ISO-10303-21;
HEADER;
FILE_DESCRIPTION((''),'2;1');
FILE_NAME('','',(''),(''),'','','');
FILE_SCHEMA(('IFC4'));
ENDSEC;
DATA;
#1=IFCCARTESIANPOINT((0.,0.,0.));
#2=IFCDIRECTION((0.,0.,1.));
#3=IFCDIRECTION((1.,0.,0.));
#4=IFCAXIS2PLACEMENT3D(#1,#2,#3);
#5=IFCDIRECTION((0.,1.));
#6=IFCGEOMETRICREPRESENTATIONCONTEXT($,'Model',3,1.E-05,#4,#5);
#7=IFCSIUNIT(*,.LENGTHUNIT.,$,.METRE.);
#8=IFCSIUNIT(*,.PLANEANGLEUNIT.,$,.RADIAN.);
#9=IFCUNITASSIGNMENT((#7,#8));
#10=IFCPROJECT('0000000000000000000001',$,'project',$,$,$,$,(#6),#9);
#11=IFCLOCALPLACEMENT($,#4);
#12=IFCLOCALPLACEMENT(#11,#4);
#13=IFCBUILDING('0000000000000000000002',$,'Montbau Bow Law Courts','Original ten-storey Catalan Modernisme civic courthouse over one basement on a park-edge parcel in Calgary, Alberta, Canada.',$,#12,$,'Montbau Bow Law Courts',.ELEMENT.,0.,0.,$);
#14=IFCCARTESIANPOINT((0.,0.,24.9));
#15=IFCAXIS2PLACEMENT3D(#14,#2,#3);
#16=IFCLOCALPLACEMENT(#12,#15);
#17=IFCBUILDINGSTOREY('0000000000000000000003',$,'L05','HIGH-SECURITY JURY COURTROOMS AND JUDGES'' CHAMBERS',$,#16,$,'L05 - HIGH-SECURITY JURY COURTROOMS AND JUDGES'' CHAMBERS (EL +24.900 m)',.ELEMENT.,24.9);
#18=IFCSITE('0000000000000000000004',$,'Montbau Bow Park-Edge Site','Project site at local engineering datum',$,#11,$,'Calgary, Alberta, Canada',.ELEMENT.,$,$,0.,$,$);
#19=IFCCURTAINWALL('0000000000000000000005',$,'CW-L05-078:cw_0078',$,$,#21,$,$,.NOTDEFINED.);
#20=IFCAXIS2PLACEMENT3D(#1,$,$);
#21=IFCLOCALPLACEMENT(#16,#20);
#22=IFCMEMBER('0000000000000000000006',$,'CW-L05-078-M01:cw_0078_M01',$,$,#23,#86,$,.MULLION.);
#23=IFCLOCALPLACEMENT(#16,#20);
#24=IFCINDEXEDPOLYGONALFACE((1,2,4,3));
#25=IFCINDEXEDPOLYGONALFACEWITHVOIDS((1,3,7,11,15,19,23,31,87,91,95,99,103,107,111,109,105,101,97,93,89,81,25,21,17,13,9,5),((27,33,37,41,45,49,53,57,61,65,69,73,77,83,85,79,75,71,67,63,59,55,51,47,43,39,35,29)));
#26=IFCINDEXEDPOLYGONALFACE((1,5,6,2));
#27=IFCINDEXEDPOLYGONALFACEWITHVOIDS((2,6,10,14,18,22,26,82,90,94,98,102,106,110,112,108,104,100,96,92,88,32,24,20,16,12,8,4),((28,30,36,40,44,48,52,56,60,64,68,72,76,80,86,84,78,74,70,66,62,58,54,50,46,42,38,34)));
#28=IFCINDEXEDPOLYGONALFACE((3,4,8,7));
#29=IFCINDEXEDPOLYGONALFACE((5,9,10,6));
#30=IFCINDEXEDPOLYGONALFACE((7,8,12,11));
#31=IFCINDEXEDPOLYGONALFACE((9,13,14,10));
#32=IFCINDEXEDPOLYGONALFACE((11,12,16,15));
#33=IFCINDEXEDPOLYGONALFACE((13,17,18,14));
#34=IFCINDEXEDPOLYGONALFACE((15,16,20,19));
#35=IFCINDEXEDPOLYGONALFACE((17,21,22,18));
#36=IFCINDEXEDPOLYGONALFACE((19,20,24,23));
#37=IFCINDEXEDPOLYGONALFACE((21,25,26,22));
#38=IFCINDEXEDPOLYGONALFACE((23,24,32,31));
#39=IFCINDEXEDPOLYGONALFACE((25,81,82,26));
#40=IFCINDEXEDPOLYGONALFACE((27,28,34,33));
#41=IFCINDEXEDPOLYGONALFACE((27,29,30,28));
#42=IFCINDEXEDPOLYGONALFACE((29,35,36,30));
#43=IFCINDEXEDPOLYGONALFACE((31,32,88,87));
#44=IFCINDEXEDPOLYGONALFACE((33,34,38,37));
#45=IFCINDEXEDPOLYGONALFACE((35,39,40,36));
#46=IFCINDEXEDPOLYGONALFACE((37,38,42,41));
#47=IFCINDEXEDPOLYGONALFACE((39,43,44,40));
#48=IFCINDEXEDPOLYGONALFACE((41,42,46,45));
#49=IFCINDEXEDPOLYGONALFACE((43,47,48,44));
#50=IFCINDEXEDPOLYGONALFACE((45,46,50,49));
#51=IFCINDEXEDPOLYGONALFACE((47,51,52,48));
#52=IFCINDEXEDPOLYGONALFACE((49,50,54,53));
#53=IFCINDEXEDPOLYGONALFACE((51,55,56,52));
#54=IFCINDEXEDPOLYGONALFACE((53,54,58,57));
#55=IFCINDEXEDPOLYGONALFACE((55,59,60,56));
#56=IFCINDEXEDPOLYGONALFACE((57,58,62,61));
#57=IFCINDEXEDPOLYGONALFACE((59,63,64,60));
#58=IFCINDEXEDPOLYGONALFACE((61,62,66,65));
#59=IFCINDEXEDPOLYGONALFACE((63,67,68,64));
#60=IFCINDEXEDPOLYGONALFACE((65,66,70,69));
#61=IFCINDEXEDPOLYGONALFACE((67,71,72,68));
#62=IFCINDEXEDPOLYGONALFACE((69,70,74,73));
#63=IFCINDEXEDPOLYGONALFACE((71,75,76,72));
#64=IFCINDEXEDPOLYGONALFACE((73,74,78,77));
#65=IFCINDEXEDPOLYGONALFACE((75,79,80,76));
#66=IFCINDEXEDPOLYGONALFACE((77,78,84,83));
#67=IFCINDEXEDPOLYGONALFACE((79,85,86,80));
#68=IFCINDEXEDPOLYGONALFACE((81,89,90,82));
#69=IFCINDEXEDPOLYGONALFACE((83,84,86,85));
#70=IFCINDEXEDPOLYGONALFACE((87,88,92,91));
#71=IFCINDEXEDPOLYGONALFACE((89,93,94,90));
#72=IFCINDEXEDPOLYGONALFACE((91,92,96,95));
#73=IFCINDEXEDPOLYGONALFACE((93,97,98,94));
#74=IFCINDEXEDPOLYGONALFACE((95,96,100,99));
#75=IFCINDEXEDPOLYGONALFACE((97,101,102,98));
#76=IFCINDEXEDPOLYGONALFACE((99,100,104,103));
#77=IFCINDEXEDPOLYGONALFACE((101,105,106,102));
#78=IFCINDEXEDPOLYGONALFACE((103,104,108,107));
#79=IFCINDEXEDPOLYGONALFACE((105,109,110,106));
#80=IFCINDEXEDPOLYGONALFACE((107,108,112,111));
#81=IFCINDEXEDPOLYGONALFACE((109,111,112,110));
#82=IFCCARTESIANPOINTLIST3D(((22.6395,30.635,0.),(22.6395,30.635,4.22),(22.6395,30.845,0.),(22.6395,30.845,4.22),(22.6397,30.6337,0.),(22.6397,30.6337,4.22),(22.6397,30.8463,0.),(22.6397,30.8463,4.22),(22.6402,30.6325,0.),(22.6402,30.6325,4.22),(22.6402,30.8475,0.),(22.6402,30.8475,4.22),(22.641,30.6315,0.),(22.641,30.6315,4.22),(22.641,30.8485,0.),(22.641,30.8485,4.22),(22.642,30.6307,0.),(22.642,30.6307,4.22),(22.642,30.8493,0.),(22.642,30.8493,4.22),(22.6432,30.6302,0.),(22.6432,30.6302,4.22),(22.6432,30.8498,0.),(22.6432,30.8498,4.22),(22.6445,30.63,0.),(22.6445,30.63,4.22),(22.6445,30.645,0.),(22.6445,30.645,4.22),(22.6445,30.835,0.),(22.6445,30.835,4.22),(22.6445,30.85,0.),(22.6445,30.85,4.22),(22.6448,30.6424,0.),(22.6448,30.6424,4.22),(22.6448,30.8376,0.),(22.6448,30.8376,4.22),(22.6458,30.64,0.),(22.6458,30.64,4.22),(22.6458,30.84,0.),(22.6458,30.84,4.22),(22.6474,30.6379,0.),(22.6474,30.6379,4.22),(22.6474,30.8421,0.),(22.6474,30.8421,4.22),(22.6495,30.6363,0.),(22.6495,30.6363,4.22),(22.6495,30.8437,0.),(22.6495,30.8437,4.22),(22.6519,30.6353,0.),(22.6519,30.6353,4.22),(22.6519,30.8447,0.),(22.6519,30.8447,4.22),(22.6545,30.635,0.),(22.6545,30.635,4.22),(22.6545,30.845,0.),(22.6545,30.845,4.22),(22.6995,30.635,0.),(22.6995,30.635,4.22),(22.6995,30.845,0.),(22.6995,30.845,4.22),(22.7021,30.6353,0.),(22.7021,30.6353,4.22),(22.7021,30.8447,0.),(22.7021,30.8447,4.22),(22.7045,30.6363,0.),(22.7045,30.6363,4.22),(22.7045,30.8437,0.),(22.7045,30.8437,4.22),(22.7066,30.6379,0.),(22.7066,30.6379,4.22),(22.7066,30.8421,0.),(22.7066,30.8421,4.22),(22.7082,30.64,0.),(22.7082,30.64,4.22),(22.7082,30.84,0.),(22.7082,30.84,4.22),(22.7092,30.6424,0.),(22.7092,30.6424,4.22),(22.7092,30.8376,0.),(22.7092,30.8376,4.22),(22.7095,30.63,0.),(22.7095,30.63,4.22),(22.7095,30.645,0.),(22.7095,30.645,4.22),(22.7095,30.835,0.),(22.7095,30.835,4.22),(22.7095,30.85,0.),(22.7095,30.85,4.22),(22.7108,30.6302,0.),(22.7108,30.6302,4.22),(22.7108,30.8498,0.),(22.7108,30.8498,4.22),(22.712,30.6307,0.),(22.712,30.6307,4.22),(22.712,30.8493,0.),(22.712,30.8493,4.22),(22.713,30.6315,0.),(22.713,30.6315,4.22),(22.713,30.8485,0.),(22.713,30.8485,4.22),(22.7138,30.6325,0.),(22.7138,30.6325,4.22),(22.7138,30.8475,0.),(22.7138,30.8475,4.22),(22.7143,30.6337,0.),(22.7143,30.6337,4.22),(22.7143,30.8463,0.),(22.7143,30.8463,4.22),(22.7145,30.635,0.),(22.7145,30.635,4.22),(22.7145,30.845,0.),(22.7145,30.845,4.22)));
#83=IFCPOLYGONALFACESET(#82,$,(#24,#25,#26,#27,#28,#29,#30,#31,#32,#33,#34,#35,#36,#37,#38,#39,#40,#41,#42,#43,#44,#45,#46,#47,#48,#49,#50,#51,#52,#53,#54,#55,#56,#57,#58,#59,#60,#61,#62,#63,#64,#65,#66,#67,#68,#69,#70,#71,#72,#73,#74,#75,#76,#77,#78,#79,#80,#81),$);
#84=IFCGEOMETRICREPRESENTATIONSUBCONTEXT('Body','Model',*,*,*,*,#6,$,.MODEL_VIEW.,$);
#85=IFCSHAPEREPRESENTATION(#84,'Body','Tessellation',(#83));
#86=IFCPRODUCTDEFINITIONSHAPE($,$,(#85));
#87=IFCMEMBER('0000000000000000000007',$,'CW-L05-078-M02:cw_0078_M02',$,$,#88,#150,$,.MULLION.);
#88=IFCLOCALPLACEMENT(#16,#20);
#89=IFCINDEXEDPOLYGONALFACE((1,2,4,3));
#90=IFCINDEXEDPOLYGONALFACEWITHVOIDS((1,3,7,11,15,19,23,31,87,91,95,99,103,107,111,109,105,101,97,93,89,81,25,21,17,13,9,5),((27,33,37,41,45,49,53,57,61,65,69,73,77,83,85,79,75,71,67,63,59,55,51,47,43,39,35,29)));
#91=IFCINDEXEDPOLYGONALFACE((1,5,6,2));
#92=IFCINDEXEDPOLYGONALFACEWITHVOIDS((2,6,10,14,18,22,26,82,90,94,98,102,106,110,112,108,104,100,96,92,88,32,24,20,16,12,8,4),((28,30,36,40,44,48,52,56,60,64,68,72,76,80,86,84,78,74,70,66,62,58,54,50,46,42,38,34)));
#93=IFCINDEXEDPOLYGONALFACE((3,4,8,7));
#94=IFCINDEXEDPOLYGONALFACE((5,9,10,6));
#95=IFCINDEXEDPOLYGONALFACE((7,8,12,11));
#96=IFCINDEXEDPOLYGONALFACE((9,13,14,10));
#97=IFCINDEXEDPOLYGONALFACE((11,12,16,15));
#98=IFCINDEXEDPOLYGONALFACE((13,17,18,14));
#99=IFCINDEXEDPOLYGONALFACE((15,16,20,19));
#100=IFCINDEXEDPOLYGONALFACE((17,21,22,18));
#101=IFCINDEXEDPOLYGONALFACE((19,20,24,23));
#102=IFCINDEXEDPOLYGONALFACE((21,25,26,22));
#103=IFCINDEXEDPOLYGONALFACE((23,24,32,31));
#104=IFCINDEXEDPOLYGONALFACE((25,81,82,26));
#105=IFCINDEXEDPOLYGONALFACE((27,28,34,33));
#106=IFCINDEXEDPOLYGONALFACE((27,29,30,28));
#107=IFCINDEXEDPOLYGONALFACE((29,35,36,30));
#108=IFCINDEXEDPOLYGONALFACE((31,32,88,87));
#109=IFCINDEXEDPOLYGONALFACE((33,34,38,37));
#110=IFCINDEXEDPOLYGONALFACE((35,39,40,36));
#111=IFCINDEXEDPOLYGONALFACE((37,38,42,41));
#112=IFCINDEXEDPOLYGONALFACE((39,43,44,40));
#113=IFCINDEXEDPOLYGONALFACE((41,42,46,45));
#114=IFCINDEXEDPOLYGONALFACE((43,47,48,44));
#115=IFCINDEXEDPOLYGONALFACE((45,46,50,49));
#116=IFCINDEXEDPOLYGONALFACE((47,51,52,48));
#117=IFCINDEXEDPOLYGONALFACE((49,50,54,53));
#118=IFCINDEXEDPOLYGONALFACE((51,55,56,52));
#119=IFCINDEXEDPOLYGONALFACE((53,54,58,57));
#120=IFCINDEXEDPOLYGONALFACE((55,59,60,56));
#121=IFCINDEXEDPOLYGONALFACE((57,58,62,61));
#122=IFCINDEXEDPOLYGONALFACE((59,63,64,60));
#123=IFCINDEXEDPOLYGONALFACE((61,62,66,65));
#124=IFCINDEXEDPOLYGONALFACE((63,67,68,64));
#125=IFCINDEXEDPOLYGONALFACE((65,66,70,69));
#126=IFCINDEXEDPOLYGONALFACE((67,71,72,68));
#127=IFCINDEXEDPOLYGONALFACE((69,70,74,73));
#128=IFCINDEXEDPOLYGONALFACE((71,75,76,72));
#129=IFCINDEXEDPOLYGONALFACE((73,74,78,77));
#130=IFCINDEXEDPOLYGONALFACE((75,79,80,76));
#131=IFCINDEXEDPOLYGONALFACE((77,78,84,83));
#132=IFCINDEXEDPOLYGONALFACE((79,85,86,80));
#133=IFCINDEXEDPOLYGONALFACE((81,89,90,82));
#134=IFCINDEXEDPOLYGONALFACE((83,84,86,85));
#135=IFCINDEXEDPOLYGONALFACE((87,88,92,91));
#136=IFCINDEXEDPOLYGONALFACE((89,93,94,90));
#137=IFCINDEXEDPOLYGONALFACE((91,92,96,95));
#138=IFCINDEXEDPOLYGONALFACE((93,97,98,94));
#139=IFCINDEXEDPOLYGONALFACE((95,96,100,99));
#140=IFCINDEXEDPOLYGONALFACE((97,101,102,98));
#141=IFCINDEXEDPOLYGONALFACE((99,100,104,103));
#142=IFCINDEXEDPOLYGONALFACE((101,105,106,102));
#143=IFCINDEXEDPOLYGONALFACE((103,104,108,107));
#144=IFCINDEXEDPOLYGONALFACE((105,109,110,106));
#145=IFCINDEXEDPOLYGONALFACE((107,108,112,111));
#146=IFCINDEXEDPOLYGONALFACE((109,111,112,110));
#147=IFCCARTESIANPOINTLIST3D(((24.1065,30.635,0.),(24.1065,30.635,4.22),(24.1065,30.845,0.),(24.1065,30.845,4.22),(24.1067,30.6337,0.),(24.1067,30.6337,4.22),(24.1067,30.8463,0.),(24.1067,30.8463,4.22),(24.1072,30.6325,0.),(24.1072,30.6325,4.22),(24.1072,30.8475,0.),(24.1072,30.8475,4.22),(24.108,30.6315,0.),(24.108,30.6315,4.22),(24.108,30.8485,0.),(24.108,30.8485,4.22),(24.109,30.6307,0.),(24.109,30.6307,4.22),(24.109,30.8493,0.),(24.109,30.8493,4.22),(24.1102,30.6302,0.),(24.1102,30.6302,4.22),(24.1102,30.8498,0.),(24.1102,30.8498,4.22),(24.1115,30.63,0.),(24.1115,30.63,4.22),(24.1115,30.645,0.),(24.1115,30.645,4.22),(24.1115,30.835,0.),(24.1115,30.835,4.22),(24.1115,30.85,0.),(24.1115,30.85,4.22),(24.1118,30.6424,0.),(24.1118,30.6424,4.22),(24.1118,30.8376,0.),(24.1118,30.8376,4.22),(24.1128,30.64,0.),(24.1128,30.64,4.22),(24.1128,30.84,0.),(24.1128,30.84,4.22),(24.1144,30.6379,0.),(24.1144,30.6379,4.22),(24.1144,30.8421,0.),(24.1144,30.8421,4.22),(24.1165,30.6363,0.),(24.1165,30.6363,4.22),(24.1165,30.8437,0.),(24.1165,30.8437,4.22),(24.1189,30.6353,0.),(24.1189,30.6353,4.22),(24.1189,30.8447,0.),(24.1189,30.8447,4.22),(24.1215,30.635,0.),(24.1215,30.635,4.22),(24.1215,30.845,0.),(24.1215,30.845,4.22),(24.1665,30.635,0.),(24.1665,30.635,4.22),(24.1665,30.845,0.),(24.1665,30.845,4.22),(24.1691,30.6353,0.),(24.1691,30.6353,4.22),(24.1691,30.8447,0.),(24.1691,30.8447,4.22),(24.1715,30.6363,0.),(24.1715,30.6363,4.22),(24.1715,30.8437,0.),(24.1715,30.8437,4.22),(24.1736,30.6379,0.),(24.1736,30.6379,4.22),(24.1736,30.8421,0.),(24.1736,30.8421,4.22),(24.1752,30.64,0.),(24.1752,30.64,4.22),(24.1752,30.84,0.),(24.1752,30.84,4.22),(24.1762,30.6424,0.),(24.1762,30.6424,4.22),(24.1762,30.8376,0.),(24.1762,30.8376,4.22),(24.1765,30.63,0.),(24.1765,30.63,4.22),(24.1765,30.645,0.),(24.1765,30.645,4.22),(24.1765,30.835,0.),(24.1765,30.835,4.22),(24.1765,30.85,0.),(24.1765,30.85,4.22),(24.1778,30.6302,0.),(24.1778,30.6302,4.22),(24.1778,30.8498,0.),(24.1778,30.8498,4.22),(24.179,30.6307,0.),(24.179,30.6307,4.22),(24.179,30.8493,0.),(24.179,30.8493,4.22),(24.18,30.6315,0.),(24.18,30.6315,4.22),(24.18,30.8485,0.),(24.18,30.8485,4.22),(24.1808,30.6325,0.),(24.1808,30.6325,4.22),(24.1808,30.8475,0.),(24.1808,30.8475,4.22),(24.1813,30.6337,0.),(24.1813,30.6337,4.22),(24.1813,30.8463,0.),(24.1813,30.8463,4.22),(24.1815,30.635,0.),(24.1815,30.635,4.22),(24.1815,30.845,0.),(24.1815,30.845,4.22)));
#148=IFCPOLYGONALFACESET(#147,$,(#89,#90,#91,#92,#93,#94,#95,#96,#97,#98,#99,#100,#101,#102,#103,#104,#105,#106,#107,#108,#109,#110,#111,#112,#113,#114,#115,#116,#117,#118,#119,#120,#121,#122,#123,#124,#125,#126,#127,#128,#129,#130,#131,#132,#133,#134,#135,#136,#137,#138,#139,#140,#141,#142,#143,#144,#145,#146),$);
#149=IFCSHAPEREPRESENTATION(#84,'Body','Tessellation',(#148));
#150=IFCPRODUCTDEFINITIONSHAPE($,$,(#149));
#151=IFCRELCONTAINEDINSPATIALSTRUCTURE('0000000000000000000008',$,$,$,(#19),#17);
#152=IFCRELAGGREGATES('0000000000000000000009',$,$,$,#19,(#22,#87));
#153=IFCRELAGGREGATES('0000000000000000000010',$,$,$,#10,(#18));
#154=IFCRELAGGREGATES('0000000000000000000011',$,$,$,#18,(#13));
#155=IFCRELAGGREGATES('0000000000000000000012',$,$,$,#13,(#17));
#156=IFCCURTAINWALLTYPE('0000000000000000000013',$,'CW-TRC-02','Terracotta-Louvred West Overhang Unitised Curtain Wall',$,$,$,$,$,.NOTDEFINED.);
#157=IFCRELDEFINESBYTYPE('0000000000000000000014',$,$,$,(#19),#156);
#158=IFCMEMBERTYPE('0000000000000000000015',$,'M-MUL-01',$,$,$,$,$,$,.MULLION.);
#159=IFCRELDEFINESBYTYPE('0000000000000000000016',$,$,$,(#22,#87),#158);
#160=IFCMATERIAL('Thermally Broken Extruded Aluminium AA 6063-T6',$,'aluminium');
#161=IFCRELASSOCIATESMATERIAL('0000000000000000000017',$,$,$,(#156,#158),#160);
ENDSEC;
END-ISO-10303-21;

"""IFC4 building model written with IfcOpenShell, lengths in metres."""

from ifc_helpers import new_model, si_unit, direction, frame, origin_with_axes, origin_2d_with_axis, place, context, subcontext, project, spatial, hollow_rectangle, extrude, material, material_profile, profile_set, type_object, element, aggregate, save


model = new_model("IFC4")

# Units and contexts
model_context = context("Model", 3, precision=1e-05, world=origin_with_axes(), true_north=direction((0.0, 1.0)))
body_context = subcontext(model_context, "Body", "Model", "MODEL_VIEW")
ifc_project = project(units=[si_unit("LENGTHUNIT", "METRE"), si_unit("PLANEANGLEUNIT", "RADIAN")], contexts=[model_context])

# Site, building, storey
site_placement = place(None, origin_with_axes())
site = spatial("IfcSite", under=ifc_project, at=site_placement, Name="Montbau Bow Park-Edge Site", Description="Project site at local engineering datum", LongName="Calgary, Alberta, Canada", CompositionType="ELEMENT", RefElevation=0.0)
building_placement = place(site_placement, origin_with_axes())
building = spatial("IfcBuilding", under=site, at=building_placement, Name="Montbau Bow Law Courts", Description="Original ten-storey Catalan Modernisme civic courthouse over one basement on a park-edge parcel in Calgary, Alberta, Canada.", LongName="Montbau Bow Law Courts", CompositionType="ELEMENT", ElevationOfRefHeight=0.0, ElevationOfTerrain=0.0)
storey_placement = place(building_placement, frame((0.0, 0.0, 24.9), z_axis=(0.0, 0.0, 1.0), x_axis=(1.0, 0.0, 0.0)))
storey = spatial("IfcBuildingStorey", under=building, at=storey_placement, Name="L05", Description="HIGH-SECURITY JURY COURTROOMS AND JUDGES' CHAMBERS", LongName="L05 - HIGH-SECURITY JURY COURTROOMS AND JUDGES' CHAMBERS (EL +24.900 m)", CompositionType="ELEMENT", Elevation=24.9)

# Curtain wall, members
ifc_material_1 = material(Name="Thermally Broken Extruded Aluminium AA 6063-T6", Category="aluminium")
curtain_wall_type = type_object("IfcCurtainWallType", Name="CW-TRC-02", Description="Terracotta-Louvred West Overhang Unitised Curtain Wall", PredefinedType="NOTDEFINED", material=ifc_material_1)
curtain_wall_1_placement = place(None, frame((22.64, 30.74, 24.9), z_axis=(0.0, 0.0, 1.0), x_axis=(1.0, 0.0, 0.0)))
curtain_wall_1 = element("IfcCurtainWall", 1, at=curtain_wall_1_placement, inside=storey, type_object=curtain_wall_type, Name="CW-L05-078:cw_0078", PredefinedType="NOTDEFINED")
ifc_material_profile_1 = material_profile(ifc_material_1, hollow_rectangle(XDim=0.075, YDim=0.22, WallThickness=0.005, InnerFilletRadius=0.01, OuterFilletRadius=0.005, at=origin_2d_with_axis()), Name="CWM-220X75", Category="Main", Priority=0)
ifc_profile_set_1 = profile_set([ifc_material_profile_1], Name="Thermally Broken Extruded Aluminium AA 6063-T6")
member_type_1 = type_object("IfcMemberType", Name="M-MUL-01", PredefinedType="MULLION", material=ifc_profile_set_1)
member_1_placement = place(None, frame((22.677, 30.74, 24.9), z_axis=(0.0, 0.0, 1.0), x_axis=(1.0, 0.0, 0.0)))
member_1 = element("IfcMember", 2, at=member_1_placement, type_object=member_type_1, Name="CW-L05-078-M01:cw_0078_M01", PredefinedType="MULLION", context=body_context, shape_type="SweptSolid", body=[
    extrude(hollow_rectangle(XDim=0.075, YDim=0.22, WallThickness=0.005, InnerFilletRadius=0.01, OuterFilletRadius=0.005, at=origin_2d_with_axis()), origin_with_axes(), (0.0, 0.0, 1.0), 4.22),
])
member_2_placement = place(None, frame((24.144, 30.74, 24.9), z_axis=(0.0, 0.0, 1.0), x_axis=(1.0, 0.0, 0.0)))
member_2 = element("IfcMember", 3, at=member_2_placement, type_object=member_type_1, Name="CW-L05-078-M02:cw_0078_M02", PredefinedType="MULLION", context=body_context, shape_type="SweptSolid", body=[
    extrude(hollow_rectangle(XDim=0.075, YDim=0.22, WallThickness=0.005, InnerFilletRadius=0.01, OuterFilletRadius=0.005, at=origin_2d_with_axis()), origin_with_axes(), (0.0, 0.0, 1.0), 4.22),
])

aggregate(curtain_wall_1, [member_1, member_2])

save(model, "model.ifc")
